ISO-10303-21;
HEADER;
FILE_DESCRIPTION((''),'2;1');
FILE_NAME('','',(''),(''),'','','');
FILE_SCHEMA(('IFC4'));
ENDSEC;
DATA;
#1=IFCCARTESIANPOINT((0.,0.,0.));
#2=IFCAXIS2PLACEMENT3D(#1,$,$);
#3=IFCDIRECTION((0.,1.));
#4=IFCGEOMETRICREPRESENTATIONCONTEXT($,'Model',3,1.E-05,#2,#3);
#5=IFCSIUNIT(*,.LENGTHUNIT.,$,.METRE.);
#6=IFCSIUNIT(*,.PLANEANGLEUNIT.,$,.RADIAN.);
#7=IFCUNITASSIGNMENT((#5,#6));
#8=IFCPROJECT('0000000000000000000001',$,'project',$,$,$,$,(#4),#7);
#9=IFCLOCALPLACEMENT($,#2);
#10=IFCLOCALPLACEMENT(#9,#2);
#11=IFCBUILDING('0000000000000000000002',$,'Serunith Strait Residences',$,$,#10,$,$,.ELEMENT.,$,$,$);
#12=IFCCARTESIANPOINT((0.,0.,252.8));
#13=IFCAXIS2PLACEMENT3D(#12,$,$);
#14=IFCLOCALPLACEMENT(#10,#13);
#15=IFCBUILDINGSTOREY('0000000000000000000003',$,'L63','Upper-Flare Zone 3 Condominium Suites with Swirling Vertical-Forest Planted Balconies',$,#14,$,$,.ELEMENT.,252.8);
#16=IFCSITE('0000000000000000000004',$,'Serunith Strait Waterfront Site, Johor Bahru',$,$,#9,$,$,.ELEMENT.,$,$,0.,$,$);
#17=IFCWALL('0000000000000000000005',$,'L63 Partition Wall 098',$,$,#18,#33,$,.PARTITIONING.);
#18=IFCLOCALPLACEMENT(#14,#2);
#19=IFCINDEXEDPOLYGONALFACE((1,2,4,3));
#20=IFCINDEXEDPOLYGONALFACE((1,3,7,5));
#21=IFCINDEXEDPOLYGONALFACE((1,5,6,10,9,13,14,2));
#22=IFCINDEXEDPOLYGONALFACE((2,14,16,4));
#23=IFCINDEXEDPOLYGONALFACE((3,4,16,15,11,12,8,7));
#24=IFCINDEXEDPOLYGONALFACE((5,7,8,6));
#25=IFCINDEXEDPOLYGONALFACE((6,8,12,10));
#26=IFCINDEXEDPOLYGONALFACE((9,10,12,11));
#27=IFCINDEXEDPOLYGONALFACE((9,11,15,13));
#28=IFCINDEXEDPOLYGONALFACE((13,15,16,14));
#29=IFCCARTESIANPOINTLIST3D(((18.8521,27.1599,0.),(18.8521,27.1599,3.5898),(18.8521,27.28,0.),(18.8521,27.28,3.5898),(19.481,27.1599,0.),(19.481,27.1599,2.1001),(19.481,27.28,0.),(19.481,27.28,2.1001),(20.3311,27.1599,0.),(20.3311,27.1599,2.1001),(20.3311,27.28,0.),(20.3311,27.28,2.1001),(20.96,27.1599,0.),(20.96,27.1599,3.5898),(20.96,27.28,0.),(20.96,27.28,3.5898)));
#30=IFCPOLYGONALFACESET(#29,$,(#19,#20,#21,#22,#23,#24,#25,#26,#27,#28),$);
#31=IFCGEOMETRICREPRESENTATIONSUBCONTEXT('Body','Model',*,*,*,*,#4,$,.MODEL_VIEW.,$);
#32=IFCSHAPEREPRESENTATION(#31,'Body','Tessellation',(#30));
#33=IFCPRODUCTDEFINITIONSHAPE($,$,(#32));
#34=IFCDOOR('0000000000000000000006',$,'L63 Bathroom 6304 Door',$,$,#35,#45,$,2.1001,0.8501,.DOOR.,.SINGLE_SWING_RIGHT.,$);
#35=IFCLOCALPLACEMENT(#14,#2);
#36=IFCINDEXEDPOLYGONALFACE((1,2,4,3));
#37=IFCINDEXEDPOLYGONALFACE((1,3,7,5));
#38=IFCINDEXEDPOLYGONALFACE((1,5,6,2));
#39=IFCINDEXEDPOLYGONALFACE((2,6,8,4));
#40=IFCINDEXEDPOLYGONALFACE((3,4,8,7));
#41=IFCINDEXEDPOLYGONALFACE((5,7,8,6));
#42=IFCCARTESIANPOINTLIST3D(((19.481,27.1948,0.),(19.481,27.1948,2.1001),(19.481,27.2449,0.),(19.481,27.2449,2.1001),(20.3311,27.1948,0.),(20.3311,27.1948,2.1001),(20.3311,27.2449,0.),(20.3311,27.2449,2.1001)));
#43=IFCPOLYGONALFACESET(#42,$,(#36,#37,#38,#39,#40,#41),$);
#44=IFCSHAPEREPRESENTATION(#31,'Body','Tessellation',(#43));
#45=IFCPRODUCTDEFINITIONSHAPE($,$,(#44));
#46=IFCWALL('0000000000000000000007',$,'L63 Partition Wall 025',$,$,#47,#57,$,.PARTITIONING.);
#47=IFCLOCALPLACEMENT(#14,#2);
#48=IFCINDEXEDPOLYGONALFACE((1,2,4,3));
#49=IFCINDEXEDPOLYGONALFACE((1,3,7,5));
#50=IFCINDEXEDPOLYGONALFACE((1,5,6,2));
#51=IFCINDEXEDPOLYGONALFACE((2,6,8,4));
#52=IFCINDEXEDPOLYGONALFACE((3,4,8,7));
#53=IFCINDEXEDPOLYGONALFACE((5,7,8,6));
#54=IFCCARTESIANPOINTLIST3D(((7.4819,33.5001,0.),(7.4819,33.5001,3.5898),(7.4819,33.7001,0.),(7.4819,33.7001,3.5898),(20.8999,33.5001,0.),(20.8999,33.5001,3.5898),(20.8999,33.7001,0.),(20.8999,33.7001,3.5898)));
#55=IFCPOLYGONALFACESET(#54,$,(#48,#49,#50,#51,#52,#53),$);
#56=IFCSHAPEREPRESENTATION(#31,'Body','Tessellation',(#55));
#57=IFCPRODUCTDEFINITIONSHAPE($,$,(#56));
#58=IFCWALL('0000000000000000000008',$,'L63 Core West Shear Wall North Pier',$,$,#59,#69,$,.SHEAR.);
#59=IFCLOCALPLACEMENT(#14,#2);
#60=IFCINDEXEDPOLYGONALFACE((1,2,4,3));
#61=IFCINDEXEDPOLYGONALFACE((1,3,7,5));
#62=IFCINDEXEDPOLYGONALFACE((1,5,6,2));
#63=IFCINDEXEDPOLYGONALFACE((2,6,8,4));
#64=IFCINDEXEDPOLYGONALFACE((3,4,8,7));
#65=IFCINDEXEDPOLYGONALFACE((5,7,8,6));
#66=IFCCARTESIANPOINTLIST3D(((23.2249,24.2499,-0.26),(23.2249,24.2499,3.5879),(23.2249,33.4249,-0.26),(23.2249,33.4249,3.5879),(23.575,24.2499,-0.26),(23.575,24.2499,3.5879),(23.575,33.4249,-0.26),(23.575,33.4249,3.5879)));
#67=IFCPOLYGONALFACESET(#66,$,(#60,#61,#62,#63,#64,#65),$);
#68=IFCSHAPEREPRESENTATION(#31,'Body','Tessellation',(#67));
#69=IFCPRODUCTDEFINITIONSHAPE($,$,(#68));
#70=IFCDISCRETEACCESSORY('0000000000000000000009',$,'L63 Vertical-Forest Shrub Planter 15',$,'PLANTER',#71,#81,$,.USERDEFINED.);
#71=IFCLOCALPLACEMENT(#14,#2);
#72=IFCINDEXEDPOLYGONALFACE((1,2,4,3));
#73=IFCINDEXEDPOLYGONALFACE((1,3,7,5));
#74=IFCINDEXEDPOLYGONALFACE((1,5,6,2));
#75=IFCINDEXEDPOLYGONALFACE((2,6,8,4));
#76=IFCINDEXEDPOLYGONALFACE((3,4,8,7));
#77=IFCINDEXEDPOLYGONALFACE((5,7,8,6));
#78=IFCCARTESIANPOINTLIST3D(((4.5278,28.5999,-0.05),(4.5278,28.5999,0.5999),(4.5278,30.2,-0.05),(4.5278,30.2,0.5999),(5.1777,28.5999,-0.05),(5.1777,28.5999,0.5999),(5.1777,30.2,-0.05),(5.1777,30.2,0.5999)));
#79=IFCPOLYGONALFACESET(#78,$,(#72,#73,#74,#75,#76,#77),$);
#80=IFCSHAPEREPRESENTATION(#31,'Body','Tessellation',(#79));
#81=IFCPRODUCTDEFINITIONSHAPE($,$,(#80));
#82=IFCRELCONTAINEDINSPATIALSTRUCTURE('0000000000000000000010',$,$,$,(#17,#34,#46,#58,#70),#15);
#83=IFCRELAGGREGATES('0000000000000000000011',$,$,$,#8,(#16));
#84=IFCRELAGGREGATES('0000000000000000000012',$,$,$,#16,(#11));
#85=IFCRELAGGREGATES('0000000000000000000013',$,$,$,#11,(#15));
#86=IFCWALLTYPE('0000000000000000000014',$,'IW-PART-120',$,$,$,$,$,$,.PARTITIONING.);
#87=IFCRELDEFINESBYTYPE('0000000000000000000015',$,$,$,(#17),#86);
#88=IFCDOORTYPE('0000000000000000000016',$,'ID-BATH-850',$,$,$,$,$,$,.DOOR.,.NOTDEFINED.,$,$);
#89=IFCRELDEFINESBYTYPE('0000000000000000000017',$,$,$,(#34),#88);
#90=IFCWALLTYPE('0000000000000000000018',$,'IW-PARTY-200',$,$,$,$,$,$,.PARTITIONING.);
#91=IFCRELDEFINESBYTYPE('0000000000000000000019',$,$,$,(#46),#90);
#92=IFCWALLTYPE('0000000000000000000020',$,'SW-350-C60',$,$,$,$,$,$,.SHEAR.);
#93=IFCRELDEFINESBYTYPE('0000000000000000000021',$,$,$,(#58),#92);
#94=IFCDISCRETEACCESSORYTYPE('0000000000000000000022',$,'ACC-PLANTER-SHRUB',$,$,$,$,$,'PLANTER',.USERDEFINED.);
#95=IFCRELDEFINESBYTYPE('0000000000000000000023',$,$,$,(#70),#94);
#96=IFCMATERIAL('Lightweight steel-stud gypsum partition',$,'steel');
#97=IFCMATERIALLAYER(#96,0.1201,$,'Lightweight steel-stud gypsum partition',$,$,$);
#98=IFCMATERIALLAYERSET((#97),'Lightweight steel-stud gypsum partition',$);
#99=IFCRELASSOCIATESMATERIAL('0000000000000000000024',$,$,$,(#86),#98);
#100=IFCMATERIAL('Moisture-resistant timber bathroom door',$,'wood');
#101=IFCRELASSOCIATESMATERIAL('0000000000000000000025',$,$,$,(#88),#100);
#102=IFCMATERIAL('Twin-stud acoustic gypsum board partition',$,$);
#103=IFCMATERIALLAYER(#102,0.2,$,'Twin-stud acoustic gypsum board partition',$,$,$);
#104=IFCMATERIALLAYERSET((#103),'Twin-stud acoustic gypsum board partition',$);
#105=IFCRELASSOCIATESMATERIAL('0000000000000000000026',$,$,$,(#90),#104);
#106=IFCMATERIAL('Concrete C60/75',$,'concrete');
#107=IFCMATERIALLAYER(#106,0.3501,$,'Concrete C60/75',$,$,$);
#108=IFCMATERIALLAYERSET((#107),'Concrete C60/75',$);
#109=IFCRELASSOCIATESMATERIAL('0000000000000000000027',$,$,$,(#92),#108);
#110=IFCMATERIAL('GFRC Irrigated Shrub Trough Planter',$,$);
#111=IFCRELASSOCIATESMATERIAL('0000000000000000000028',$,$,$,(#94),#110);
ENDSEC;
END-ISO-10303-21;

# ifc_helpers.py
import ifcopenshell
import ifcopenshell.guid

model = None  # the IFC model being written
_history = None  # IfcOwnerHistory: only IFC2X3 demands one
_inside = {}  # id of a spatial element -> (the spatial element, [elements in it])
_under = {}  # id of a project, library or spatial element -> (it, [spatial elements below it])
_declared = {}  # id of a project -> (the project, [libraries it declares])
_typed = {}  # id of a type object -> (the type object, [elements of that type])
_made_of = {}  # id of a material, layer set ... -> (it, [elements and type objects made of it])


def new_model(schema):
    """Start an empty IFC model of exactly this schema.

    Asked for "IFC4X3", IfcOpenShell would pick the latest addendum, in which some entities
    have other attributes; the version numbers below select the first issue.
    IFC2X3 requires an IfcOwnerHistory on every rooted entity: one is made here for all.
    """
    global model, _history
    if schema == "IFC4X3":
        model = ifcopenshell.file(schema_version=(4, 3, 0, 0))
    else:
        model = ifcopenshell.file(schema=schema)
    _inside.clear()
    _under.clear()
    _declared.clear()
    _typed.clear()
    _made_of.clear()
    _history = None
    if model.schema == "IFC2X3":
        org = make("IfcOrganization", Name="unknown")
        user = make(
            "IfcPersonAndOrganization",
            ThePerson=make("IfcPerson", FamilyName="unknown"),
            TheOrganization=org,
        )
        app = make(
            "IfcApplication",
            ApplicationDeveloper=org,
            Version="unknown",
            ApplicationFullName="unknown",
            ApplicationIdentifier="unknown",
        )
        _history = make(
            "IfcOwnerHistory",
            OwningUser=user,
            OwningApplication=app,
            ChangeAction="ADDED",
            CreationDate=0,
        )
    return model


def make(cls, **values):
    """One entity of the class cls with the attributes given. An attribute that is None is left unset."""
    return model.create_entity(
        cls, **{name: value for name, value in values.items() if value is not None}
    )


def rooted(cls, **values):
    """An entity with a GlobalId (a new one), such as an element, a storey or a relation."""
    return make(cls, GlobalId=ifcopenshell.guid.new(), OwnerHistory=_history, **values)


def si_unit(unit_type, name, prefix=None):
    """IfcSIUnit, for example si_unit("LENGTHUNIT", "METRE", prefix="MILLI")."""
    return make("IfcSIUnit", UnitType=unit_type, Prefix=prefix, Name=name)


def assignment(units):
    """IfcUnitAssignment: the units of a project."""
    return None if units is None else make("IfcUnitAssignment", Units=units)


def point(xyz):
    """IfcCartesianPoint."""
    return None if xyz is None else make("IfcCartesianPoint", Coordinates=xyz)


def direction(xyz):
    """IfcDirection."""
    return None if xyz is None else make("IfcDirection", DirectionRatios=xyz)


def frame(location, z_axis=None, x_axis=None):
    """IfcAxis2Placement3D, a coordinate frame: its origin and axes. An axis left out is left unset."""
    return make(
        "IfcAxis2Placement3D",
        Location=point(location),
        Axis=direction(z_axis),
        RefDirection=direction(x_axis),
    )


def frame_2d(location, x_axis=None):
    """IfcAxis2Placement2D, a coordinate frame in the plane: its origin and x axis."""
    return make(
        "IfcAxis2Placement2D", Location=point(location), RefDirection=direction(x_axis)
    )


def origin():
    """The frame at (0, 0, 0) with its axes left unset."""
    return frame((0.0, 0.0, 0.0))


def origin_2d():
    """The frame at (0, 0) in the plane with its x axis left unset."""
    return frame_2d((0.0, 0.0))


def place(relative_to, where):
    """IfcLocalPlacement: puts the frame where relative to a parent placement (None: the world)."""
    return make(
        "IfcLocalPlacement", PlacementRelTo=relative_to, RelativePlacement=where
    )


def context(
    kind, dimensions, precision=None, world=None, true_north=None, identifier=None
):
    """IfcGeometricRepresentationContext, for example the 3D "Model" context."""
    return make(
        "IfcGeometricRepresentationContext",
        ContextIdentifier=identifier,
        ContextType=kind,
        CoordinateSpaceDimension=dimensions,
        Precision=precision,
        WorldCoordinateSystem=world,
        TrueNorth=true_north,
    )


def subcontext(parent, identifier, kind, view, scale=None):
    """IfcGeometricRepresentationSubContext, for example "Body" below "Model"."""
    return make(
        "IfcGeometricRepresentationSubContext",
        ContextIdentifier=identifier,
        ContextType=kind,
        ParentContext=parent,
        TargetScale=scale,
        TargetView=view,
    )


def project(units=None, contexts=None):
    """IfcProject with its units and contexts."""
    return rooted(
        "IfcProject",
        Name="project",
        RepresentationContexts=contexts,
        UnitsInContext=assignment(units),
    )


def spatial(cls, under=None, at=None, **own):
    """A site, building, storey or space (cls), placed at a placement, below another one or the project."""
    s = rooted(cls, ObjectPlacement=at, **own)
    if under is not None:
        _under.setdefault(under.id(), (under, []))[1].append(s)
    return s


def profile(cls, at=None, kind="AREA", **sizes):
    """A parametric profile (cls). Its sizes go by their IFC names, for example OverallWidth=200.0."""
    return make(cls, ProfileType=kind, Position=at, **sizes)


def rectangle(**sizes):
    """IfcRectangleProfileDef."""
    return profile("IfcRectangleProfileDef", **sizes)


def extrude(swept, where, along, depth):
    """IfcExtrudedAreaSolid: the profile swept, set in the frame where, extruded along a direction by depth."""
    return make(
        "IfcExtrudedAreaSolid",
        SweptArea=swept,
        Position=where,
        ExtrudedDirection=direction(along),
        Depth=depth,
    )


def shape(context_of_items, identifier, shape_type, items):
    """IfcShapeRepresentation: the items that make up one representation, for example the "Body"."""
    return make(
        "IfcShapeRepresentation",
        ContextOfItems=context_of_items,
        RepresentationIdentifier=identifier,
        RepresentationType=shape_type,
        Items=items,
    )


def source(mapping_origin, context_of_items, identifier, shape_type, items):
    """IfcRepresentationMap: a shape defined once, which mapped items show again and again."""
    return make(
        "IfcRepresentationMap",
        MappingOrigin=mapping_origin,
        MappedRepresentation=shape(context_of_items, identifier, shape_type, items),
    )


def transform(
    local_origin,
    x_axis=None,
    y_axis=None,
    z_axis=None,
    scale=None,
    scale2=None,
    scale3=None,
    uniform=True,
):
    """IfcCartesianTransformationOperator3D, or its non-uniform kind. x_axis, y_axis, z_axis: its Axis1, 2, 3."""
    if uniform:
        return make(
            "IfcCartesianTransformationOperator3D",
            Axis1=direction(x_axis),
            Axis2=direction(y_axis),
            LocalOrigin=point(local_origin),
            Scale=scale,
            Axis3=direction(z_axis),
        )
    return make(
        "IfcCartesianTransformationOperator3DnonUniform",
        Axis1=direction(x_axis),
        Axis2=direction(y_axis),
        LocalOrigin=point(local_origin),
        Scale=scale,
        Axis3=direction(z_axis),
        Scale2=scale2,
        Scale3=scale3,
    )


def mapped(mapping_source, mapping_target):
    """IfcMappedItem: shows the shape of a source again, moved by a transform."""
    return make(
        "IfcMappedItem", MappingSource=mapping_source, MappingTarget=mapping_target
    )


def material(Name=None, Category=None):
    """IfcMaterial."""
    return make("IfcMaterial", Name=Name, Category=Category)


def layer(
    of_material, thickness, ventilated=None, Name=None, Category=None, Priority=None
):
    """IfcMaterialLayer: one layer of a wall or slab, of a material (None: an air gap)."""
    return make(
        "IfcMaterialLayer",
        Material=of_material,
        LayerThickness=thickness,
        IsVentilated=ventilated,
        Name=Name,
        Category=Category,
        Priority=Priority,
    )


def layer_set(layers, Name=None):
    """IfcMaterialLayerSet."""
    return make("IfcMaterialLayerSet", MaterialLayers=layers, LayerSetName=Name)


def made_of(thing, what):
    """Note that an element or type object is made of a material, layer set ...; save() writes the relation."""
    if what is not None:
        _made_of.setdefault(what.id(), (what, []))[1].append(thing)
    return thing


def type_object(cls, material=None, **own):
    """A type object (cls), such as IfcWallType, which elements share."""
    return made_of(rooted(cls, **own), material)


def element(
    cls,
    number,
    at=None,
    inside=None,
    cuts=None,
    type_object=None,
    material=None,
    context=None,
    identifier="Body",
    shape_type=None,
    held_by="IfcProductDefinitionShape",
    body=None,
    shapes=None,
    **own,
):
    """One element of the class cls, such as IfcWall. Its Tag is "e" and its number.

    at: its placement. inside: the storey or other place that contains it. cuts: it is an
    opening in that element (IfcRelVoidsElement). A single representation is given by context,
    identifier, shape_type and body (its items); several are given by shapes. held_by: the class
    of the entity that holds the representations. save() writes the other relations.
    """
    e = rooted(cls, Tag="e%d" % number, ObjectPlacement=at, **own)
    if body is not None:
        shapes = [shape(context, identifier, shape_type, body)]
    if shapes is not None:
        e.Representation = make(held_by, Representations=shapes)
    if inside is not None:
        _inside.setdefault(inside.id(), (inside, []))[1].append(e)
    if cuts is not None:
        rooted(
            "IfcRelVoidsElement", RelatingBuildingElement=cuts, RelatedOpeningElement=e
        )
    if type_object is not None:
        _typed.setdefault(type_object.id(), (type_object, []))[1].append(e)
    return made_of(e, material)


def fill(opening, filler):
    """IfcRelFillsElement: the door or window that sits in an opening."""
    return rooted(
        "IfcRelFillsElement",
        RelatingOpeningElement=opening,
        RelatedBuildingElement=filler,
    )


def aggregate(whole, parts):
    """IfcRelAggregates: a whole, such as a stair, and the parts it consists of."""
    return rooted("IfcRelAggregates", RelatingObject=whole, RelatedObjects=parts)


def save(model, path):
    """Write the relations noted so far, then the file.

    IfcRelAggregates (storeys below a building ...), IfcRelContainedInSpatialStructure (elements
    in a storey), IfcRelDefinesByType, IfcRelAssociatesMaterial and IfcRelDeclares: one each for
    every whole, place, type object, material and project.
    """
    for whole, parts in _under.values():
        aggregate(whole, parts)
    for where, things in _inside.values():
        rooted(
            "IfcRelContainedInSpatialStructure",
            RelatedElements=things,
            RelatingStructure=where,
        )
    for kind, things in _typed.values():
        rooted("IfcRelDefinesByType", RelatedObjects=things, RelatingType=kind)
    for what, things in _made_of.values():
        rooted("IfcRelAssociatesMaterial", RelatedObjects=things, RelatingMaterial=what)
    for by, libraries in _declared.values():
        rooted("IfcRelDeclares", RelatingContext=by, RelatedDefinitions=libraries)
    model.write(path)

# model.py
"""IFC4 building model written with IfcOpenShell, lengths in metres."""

from ifc_helpers import new_model, si_unit, direction, frame, frame_2d, origin, origin_2d, place, context, subcontext, project, spatial, rectangle, extrude, source, transform, mapped, material, layer, layer_set, type_object, element, fill, save


model = new_model("IFC4")

# Units and contexts
model_context = context("Model", 3, precision=1e-05, world=origin(), true_north=direction((0.0, 1.0)))
body_context = subcontext(model_context, "Body", "Model", "MODEL_VIEW")
ifc_project = project(units=[si_unit("LENGTHUNIT", "METRE"), si_unit("PLANEANGLEUNIT", "RADIAN")], contexts=[model_context])

# Site, building, storey
site_placement = place(None, origin())
site = spatial("IfcSite", under=ifc_project, at=site_placement, Name="Serunith Strait Waterfront Site, Johor Bahru", CompositionType="ELEMENT", RefElevation=0.0)
building_placement = place(site_placement, origin())
building = spatial("IfcBuilding", under=site, at=building_placement, Name="Serunith Strait Residences", CompositionType="ELEMENT")
storey_placement = place(building_placement, frame((0.0, 0.0, 252.8)))
storey = spatial("IfcBuildingStorey", under=building, at=storey_placement, Name="L63", Description="Upper-Flare Zone 3 Condominium Suites with Swirling Vertical-Forest Planted Balconies", CompositionType="ELEMENT", Elevation=252.8)

# Shared definitions
ifc_material_1 = material(Name="Lightweight steel-stud gypsum partition", Category="steel")
ifc_layer_1 = layer(ifc_material_1, 0.1201, Name="Lightweight steel-stud gypsum partition")
ifc_layer_set_1 = layer_set([ifc_layer_1], Name="Lightweight steel-stud gypsum partition")
wall_type_1 = type_object("IfcWallType", Name="IW-PART-120", PredefinedType="PARTITIONING", material=ifc_layer_set_1)
shared_shape_1 = source(origin(), body_context, "Body", "SweptSolid", [
    extrude(rectangle(XDim=0.8501, YDim=2.1001, at=frame_2d((0.425, 1.05))), frame((0.0, 0.0249, 0.0), z_axis=(0.0, -1.0, 0.0), x_axis=(1.0, 0.0, 0.0)), (0.0, 0.0, 1.0), 0.05),
])

# Wall, opening, door
wall_1_placement = place(storey_placement, frame((18.8521, 27.22, 0.0), z_axis=(0.0, 0.0, 1.0), x_axis=(1.0, 0.0, 0.0)))
wall_1 = element("IfcWall", 1, at=wall_1_placement, inside=storey, type_object=wall_type_1, Name="L63 Partition Wall 098", PredefinedType="PARTITIONING", context=body_context, shape_type="SweptSolid", body=[
    extrude(rectangle(XDim=2.1079, YDim=0.1201, at=frame_2d((1.054, 0.0))), origin(), (0.0, 0.0, 1.0), 3.5898),
])
opening_1_placement = place(wall_1_placement, frame((0.6289, 0.0, 0.0)))
opening_1 = element("IfcOpeningElement", 2, at=opening_1_placement, cuts=wall_1, PredefinedType="OPENING", context=body_context, shape_type="SweptSolid", body=[
    extrude(rectangle(XDim=0.8501, YDim=2.1001, at=frame_2d((0.425, 1.05))), frame((0.0, 0.0701, 0.0), z_axis=(0.0, -1.0, 0.0), x_axis=(1.0, 0.0, 0.0)), (0.0, 0.0, 1.0), 0.1401),
])
ifc_material_2 = material(Name="Moisture-resistant timber bathroom door", Category="wood")
door_type_1 = type_object("IfcDoorType", Name="ID-BATH-850", OperationType="NOTDEFINED", PredefinedType="DOOR", material=ifc_material_2)
door_1_placement = place(opening_1_placement, origin())
door_1 = element("IfcDoor", 3, at=door_1_placement, inside=storey, type_object=door_type_1, Name="L63 Bathroom 6304 Door", OperationType="SINGLE_SWING_RIGHT", OverallHeight=2.1001, OverallWidth=0.8501, PredefinedType="DOOR", context=body_context, shape_type="MappedRepresentation", body=[
    mapped(shared_shape_1, transform((0.0, 0.0, 0.0), scale=1.0)),
])
fill(opening_1, door_1)

# Wall
ifc_material_3 = material(Name="Twin-stud acoustic gypsum board partition")
ifc_layer_2 = layer(ifc_material_3, 0.2, Name="Twin-stud acoustic gypsum board partition")
ifc_layer_set_2 = layer_set([ifc_layer_2], Name="Twin-stud acoustic gypsum board partition")
wall_type_2 = type_object("IfcWallType", Name="IW-PARTY-200", PredefinedType="PARTITIONING", material=ifc_layer_set_2)
wall_2_placement = place(storey_placement, frame((7.4819, 33.6001, 0.0), z_axis=(0.0, 0.0, 1.0), x_axis=(1.0, 0.0, 0.0)))
element("IfcWall", 4, at=wall_2_placement, inside=storey, type_object=wall_type_2, Name="L63 Partition Wall 025", PredefinedType="PARTITIONING", context=body_context, shape_type="SweptSolid", body=[
    extrude(rectangle(XDim=13.418, YDim=0.2, at=frame_2d((6.709, 0.0))), origin(), (0.0, 0.0, 1.0), 3.5898),
])

# Wall
ifc_material_4 = material(Name="Concrete C60/75", Category="concrete")
ifc_layer_3 = layer(ifc_material_4, 0.3501, Name="Concrete C60/75")
ifc_layer_set_3 = layer_set([ifc_layer_3], Name="Concrete C60/75")
wall_type_3 = type_object("IfcWallType", Name="SW-350-C60", PredefinedType="SHEAR", material=ifc_layer_set_3)
wall_3_placement = place(storey_placement, frame((23.3999, 24.25, -0.26), z_axis=(0.0, 0.0, 1.0), x_axis=(0.0, 1.0, 0.0)))
element("IfcWall", 5, at=wall_3_placement, inside=storey, type_object=wall_type_3, Name="L63 Core West Shear Wall North Pier", PredefinedType="SHEAR", context=body_context, shape_type="SweptSolid", body=[
    extrude(rectangle(XDim=9.175, YDim=0.3501, at=frame_2d((4.5874, 0.0))), origin(), (0.0, 0.0, 1.0), 3.8479),
])

# Discrete accessory
ifc_material_5 = material(Name="GFRC Irrigated Shrub Trough Planter")
discrete_accessory_type = type_object("IfcDiscreteAccessoryType", Name="ACC-PLANTER-SHRUB", ElementType="PLANTER", PredefinedType="USERDEFINED", material=ifc_material_5)
shared_shape_2 = source(origin(), body_context, "Body", "SweptSolid", [
    extrude(rectangle(XDim=1.6001, YDim=0.6499, at=origin_2d()), origin(), (0.0, 0.0, 1.0), 0.6499),
])
discrete_accessory_placement = place(storey_placement, frame((4.8528, 29.3999, -0.05), z_axis=(0.0, 0.0, 1.0), x_axis=(0.0, -1.0, 0.0)))
element("IfcDiscreteAccessory", 6, at=discrete_accessory_placement, inside=storey, type_object=discrete_accessory_type, Name="L63 Vertical-Forest Shrub Planter 15", ObjectType="PLANTER", PredefinedType="USERDEFINED", context=body_context, shape_type="MappedRepresentation", body=[
    mapped(shared_shape_2, transform((0.0, 0.0, 0.0), scale=1.0)),
])

save(model, "model.ifc")
